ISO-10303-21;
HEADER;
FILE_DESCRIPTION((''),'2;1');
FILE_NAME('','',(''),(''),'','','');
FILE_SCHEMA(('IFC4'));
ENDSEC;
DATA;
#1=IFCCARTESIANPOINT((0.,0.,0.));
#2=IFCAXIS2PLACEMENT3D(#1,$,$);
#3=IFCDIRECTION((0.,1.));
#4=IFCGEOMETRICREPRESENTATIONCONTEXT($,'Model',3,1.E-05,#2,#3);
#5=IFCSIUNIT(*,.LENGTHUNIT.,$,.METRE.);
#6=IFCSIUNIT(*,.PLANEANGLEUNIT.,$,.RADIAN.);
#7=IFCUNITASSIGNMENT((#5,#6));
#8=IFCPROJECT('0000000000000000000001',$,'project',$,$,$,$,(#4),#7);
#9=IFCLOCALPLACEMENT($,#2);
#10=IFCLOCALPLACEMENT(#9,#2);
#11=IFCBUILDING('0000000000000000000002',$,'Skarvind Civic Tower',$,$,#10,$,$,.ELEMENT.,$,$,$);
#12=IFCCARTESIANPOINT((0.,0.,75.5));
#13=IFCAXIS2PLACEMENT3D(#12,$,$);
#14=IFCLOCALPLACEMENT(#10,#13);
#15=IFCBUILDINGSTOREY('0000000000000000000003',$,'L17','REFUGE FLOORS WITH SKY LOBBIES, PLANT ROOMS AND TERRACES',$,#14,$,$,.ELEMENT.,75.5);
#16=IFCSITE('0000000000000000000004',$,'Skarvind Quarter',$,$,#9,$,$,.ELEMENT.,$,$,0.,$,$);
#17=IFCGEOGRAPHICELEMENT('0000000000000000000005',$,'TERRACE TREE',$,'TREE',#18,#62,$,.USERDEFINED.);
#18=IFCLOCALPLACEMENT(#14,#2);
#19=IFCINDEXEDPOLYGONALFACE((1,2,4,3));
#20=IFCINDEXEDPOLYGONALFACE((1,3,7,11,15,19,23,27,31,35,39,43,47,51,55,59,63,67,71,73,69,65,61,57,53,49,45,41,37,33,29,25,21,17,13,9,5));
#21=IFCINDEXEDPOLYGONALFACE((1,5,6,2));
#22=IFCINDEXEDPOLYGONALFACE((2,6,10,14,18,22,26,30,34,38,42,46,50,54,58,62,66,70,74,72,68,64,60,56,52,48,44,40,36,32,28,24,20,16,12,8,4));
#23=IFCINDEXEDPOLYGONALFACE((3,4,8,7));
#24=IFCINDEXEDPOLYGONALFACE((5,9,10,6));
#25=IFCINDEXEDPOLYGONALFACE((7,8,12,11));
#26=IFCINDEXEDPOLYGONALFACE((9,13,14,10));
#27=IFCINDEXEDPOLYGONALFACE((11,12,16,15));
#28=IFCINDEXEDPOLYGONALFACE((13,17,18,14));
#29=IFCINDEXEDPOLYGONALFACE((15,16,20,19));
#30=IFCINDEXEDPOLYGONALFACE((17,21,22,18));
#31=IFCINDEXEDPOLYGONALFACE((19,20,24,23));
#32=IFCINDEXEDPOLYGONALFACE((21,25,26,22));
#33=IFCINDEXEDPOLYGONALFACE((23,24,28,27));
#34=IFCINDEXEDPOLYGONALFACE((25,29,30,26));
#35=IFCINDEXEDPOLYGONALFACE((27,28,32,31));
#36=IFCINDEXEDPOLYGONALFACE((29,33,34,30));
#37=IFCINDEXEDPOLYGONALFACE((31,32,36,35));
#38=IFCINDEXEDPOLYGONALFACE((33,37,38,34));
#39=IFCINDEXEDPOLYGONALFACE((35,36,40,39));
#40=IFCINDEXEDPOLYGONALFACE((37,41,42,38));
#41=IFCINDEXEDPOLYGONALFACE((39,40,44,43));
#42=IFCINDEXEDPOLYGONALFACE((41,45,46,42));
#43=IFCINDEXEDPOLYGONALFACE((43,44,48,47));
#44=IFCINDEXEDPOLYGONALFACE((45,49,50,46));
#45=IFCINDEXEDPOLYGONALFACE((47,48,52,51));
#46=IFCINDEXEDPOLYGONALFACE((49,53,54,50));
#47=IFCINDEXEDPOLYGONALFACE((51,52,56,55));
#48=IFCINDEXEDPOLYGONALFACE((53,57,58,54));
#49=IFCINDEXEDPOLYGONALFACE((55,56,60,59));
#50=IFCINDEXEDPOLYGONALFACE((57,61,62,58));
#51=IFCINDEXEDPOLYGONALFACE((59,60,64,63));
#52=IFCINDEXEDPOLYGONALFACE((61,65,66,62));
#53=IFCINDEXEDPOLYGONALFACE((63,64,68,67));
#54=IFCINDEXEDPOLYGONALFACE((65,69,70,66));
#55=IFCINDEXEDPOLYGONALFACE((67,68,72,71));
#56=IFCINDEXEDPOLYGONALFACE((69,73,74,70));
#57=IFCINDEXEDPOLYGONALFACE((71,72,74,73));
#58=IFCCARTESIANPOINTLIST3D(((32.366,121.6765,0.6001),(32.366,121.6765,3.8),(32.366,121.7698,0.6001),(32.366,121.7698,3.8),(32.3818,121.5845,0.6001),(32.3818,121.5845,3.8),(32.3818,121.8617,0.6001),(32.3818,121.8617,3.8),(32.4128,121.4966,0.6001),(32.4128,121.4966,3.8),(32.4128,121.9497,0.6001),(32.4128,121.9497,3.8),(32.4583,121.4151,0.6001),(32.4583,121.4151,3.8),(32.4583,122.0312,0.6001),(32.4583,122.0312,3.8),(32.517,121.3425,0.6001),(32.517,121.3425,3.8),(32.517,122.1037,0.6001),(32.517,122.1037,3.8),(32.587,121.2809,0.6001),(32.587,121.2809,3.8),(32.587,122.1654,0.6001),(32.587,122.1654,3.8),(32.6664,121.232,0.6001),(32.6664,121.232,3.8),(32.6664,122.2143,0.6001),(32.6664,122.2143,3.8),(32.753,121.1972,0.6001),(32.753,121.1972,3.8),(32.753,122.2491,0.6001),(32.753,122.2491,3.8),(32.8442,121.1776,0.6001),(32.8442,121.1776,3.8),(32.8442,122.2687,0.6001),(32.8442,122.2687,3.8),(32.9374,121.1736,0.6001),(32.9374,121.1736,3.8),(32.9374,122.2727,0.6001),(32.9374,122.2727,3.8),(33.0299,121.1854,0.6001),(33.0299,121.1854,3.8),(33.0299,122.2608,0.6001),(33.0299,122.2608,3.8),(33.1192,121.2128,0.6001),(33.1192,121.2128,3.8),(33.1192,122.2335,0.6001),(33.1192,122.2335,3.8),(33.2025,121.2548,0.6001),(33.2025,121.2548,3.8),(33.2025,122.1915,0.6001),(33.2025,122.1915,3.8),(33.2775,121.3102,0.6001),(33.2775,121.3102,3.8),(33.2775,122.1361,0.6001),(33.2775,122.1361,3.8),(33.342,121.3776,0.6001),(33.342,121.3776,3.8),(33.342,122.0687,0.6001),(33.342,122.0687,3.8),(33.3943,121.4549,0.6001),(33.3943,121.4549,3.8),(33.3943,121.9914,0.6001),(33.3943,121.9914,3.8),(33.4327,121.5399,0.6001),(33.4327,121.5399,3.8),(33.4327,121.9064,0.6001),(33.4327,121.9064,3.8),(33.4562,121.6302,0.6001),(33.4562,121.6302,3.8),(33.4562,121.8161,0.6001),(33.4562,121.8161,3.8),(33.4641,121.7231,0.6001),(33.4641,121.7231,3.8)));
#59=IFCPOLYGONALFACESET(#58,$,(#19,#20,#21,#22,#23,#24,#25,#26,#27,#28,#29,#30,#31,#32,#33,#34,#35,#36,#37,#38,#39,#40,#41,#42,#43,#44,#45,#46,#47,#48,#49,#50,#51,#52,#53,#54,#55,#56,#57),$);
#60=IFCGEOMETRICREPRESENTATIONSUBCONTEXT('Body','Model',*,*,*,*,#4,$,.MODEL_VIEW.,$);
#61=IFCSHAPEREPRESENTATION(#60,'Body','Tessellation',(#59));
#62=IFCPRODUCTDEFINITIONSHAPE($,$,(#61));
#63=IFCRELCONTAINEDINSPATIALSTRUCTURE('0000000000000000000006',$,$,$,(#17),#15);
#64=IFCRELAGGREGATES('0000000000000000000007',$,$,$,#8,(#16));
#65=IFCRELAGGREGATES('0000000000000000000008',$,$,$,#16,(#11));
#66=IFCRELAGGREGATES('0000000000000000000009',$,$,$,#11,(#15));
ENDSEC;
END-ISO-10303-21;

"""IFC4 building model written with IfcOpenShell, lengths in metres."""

from ifc_helpers import new_model, si_unit, direction, frame, origin, origin_2d, place, context, subcontext, project, spatial, circle, extrude, element, save


model = new_model("IFC4")

# Units and contexts
model_context = context("Model", 3, precision=1e-05, world=origin(), true_north=direction((0.0, 1.0)))
body_context = subcontext(model_context, "Body", "Model", "MODEL_VIEW")
ifc_project = project(units=[si_unit("LENGTHUNIT", "METRE"), si_unit("PLANEANGLEUNIT", "RADIAN")], contexts=[model_context])

# Site, building, storey
site_placement = place(None, origin())
site = spatial("IfcSite", under=ifc_project, at=site_placement, Name="Skarvind Quarter", CompositionType="ELEMENT", RefElevation=0.0)
building_placement = place(site_placement, origin())
building = spatial("IfcBuilding", under=site, at=building_placement, Name="Skarvind Civic Tower", CompositionType="ELEMENT")
storey_placement = place(building_placement, frame((0.0, 0.0, 75.5)))
storey = spatial("IfcBuildingStorey", under=building, at=storey_placement, Name="L17", Description="REFUGE FLOORS WITH SKY LOBBIES, PLANT ROOMS AND TERRACES", CompositionType="ELEMENT", Elevation=75.5)

# Geographic element
for number, where, z_axis, x_axis, name in (
    (1, (32.9141, 121.7231, 0.6001), (0.0, 0.0, 1.0), (1.0, 0.0, 0.0), "TERRACE TREE"),
):
    element("IfcGeographicElement", number, at=place(storey_placement, frame(where, z_axis=z_axis, x_axis=x_axis)), inside=storey, Name=name, ObjectType="TREE", PredefinedType="USERDEFINED", context=body_context, shape_type="SweptSolid", body=[
        extrude(circle(Radius=0.55, at=origin_2d()), origin(), (0.0, 0.0, 1.0), 3.2),
    ])

save(model, "model.ifc")
